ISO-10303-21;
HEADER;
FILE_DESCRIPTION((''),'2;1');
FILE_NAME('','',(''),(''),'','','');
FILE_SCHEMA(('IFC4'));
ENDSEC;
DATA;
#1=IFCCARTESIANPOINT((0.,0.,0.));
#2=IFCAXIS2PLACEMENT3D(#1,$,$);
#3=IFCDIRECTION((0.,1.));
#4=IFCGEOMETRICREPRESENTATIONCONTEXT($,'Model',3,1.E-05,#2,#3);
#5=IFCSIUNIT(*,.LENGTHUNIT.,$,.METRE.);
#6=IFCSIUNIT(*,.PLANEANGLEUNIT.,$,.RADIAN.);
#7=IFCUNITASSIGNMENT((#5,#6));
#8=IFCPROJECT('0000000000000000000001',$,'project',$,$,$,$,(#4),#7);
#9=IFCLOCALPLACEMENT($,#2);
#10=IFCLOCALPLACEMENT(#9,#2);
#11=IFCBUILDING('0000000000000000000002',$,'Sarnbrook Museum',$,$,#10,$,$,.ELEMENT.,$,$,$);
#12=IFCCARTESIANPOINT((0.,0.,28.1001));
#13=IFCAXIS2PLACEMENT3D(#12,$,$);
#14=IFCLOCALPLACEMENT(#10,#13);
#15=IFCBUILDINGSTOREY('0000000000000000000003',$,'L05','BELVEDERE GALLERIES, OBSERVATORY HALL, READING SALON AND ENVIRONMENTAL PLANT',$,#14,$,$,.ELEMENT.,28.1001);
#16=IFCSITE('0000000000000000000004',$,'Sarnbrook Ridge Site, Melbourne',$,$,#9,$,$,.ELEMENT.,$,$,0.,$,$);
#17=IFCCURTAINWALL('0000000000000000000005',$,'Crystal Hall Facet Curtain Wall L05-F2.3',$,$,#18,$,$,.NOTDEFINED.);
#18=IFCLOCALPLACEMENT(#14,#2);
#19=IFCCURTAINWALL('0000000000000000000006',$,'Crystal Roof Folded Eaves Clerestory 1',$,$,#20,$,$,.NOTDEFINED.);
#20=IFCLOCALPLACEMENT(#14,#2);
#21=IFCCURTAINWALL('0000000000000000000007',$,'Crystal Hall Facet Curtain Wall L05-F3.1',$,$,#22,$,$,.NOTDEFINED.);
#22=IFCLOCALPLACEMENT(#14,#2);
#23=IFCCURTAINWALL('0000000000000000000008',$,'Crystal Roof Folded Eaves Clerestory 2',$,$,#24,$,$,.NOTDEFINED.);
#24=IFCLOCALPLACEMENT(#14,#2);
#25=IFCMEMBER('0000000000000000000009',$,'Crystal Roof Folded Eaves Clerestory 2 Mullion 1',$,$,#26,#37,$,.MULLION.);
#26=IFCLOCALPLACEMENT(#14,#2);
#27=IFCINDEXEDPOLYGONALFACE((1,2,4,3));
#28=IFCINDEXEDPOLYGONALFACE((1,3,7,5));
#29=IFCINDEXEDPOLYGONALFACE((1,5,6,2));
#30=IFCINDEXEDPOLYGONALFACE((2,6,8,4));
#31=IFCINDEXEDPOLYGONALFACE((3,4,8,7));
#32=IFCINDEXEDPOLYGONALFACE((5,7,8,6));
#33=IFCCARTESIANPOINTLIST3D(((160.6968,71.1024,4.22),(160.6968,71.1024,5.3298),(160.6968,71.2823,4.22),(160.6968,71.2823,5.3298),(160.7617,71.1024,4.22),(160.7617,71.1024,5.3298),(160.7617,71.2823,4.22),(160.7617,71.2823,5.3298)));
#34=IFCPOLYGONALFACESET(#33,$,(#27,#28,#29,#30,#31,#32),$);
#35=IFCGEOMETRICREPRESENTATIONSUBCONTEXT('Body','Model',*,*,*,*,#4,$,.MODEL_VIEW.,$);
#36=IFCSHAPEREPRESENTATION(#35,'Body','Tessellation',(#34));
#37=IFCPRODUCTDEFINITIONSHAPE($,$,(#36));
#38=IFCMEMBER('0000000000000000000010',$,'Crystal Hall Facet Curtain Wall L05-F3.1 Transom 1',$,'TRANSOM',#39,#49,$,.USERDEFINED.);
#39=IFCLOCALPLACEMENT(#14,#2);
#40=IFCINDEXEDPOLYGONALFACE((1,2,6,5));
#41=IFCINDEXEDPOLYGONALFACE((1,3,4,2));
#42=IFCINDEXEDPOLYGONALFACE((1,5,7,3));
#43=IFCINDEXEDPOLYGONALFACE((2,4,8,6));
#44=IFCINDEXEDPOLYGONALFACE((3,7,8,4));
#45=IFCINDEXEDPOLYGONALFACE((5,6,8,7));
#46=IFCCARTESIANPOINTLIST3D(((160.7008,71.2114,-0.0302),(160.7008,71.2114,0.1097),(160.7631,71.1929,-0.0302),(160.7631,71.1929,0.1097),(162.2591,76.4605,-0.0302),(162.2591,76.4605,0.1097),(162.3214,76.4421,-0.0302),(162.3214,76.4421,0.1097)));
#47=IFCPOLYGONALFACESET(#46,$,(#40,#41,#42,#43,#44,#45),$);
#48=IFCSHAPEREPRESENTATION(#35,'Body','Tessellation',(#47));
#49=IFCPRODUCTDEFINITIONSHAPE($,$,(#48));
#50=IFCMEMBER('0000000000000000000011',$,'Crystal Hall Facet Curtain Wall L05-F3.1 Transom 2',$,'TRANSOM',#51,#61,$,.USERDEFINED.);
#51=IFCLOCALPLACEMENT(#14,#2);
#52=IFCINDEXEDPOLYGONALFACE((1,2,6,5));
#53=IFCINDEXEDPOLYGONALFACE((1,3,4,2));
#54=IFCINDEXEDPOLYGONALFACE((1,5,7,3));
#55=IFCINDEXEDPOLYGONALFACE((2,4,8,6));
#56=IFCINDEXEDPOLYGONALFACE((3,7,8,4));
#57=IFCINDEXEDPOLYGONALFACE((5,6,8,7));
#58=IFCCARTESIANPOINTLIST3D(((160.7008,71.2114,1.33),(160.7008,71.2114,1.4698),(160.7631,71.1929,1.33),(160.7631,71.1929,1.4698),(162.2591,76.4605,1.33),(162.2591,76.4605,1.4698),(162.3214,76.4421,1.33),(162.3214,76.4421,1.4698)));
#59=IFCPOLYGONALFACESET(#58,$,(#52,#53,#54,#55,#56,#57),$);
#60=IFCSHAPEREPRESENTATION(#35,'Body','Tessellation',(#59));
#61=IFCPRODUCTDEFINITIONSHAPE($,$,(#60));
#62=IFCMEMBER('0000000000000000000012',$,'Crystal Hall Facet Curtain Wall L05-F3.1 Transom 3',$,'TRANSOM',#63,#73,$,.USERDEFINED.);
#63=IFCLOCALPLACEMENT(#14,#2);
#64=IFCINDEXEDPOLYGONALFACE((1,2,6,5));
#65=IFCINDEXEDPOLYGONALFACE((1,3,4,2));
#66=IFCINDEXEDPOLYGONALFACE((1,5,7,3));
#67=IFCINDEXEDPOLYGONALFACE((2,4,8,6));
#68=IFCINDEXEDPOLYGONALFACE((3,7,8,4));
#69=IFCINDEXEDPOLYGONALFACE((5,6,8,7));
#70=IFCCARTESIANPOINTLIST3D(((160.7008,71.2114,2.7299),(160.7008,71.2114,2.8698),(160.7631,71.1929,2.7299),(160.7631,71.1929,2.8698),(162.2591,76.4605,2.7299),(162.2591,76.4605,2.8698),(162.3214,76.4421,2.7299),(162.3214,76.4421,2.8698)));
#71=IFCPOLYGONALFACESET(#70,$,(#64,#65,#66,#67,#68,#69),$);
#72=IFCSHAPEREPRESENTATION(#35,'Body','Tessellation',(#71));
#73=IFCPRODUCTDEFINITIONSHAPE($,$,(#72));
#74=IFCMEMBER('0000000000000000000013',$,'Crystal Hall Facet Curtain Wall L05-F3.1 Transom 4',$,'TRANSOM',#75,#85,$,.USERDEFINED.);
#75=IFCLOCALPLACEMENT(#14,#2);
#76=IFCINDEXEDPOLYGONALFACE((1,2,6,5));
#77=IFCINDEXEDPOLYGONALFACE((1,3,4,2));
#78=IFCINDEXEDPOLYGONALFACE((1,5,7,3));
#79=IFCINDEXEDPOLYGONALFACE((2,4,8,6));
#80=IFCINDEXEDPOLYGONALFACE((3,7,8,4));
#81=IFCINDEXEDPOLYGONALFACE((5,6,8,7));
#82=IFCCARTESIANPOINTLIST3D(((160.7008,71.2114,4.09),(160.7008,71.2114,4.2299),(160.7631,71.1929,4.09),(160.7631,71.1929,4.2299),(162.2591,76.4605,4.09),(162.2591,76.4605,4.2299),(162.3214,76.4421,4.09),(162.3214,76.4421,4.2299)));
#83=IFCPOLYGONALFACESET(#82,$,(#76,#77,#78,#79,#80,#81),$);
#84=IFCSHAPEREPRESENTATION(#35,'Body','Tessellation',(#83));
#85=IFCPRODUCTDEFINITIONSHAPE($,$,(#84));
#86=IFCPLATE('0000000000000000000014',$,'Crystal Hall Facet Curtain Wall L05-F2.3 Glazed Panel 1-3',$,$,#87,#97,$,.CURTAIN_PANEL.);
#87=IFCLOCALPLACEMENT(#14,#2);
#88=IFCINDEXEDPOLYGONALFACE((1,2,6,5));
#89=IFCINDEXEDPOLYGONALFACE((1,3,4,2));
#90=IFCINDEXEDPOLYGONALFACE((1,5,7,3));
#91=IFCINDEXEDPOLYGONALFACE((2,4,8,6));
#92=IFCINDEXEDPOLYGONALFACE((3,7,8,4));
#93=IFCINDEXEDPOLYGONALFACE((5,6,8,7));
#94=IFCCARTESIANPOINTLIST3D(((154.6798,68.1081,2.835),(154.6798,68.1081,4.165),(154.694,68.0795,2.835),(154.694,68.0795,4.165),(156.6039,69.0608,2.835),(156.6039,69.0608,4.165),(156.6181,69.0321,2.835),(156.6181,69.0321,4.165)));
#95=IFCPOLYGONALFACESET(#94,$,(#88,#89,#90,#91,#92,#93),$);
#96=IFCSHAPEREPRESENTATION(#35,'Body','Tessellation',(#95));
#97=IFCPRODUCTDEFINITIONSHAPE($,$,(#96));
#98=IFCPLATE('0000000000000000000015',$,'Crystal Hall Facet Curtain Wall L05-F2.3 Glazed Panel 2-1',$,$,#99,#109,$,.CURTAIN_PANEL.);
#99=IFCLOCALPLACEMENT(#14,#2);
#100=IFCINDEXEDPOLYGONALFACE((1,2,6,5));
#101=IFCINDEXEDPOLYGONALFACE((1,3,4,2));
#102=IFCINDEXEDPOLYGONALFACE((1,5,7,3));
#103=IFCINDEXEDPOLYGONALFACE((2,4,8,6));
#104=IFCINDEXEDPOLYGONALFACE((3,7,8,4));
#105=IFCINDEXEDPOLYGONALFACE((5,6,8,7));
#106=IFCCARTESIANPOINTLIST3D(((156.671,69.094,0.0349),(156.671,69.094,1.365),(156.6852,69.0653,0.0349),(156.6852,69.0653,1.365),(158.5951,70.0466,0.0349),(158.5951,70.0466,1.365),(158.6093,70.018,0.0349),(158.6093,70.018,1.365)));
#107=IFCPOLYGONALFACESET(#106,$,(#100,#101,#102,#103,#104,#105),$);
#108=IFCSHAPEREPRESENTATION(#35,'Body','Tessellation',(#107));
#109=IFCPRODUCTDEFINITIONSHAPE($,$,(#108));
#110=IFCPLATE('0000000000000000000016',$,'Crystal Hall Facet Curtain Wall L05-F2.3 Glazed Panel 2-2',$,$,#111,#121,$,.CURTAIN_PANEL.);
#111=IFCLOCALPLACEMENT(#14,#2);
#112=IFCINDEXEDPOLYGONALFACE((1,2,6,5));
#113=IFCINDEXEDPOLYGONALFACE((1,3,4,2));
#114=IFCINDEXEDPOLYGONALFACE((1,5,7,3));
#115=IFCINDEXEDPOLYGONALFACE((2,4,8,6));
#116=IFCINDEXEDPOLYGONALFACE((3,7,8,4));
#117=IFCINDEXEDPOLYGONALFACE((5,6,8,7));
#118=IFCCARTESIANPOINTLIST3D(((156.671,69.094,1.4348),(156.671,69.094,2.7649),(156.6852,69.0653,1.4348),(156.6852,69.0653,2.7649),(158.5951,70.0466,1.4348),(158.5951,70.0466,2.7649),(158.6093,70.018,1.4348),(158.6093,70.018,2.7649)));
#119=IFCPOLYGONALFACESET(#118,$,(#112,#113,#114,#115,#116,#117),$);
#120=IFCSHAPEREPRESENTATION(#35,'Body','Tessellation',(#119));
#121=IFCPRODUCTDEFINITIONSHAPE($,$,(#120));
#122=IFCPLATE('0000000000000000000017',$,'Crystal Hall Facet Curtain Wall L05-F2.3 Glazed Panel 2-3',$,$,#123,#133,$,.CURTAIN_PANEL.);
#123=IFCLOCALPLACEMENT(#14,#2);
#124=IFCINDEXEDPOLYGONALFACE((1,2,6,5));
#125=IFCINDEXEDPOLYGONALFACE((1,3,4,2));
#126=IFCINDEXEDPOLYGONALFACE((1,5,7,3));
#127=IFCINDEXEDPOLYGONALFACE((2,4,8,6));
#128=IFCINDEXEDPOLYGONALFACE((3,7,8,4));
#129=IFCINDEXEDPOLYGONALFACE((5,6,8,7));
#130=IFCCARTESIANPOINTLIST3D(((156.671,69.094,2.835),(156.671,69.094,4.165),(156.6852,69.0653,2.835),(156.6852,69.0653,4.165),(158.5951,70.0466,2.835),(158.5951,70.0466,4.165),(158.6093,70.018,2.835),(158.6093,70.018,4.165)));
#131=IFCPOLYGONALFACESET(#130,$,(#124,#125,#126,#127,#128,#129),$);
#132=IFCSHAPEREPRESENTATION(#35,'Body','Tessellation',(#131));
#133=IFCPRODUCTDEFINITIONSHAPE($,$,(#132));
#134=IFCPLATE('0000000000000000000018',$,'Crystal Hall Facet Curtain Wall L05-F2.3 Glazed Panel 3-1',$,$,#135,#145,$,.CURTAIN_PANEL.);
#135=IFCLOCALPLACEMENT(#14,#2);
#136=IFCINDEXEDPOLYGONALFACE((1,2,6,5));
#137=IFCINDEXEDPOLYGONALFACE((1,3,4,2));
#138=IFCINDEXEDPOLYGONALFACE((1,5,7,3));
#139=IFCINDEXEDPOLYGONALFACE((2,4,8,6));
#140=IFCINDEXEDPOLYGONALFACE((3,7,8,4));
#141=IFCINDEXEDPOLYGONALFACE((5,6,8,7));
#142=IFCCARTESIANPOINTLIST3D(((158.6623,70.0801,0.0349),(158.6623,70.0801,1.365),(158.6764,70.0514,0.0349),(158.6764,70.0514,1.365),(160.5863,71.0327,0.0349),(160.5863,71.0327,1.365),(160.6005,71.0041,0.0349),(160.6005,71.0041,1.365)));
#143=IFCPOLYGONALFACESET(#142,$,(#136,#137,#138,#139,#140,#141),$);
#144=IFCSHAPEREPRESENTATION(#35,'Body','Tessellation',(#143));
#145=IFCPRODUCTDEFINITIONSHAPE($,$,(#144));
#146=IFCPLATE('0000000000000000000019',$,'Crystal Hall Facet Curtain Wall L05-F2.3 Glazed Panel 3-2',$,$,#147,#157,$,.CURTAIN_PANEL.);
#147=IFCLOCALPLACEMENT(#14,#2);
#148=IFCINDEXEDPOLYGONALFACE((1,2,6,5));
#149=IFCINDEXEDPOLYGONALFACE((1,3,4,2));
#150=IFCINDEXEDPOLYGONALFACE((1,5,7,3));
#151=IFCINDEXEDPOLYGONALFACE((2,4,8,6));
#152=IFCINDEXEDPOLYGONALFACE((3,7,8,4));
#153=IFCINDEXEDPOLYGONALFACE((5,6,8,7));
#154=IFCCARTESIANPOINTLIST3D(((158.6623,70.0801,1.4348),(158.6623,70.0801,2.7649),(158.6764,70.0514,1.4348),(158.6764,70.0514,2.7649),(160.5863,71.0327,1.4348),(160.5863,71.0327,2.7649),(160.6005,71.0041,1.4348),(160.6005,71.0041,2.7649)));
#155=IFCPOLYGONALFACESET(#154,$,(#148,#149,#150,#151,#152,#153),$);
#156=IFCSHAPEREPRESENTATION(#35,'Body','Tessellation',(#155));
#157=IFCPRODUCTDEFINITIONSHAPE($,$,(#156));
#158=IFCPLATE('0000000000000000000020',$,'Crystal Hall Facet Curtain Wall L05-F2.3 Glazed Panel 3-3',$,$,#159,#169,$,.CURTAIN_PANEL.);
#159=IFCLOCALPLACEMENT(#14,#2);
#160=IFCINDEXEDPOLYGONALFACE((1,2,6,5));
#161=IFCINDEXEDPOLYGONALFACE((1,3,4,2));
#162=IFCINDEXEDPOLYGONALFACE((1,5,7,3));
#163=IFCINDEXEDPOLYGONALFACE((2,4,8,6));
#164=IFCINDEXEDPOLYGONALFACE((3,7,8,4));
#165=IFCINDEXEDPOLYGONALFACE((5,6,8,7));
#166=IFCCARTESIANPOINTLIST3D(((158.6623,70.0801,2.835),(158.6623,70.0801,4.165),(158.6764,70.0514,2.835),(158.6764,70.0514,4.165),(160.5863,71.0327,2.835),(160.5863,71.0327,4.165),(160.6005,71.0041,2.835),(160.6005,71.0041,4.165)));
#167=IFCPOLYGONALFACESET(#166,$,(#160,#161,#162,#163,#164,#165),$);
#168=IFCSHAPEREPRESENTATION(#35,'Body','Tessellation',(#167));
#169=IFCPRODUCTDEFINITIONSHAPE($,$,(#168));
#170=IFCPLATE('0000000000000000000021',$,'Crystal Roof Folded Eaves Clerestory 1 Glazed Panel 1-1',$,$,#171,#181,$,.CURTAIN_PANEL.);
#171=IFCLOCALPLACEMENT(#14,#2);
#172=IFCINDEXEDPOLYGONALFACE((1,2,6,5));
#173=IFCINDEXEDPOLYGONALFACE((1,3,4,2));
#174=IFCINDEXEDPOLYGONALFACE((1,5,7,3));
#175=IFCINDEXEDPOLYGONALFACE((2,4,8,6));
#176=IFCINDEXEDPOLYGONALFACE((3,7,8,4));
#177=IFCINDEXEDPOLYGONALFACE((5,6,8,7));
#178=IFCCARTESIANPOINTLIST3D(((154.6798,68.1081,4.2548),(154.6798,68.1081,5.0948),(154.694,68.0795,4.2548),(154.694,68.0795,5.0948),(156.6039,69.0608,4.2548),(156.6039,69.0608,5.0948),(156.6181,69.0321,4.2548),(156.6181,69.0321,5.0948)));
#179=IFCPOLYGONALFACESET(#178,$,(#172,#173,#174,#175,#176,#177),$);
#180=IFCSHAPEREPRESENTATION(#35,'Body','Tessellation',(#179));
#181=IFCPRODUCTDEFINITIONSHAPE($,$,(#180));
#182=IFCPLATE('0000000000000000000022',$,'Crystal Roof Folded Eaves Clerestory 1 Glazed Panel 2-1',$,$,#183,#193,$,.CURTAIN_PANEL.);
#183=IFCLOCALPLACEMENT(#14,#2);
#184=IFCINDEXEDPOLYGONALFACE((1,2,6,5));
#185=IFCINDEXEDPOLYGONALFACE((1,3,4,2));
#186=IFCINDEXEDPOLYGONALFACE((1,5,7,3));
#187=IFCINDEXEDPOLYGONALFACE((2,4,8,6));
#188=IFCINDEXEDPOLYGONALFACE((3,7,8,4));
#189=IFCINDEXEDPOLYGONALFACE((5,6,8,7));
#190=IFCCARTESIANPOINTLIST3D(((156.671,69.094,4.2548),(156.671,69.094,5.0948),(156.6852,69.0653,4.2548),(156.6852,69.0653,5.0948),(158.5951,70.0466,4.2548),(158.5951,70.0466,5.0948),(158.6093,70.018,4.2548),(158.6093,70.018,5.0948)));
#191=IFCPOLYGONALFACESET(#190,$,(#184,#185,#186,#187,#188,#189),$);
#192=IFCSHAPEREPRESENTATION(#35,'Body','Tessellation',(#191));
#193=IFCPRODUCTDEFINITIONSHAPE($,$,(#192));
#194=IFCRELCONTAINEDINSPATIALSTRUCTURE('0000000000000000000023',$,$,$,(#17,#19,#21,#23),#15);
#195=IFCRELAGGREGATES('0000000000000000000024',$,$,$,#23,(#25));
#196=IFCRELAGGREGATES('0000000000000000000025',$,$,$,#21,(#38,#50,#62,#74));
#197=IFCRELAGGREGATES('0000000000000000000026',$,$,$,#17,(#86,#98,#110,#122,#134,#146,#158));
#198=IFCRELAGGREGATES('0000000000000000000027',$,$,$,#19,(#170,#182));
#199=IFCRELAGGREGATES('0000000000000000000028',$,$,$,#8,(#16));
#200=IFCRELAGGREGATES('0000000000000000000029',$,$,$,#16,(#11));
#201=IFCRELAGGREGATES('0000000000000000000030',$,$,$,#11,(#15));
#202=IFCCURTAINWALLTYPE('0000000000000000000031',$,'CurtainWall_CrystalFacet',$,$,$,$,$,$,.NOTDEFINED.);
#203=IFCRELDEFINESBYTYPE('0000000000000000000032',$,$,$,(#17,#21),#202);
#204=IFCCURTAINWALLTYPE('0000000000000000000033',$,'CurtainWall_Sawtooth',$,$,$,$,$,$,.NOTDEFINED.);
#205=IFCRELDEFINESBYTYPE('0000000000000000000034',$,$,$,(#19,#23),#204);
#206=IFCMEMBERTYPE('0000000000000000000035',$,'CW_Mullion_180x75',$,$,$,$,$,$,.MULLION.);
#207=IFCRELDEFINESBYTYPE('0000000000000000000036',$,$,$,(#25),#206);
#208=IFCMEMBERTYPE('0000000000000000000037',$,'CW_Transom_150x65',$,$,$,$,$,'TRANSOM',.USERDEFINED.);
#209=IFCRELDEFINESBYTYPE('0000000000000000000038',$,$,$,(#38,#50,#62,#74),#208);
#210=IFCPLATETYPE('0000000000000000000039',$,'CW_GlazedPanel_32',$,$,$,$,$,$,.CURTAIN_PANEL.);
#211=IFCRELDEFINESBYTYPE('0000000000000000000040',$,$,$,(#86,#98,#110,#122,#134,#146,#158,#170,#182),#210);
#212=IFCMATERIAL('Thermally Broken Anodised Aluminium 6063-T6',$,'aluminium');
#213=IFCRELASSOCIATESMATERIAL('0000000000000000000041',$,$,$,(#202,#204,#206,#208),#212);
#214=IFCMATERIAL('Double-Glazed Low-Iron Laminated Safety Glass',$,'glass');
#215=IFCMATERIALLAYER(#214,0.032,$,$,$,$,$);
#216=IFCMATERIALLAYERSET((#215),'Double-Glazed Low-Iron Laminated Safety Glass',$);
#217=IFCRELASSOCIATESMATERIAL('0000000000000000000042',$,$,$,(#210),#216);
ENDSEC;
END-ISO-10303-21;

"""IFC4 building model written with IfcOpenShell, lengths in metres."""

from ifc_helpers import new_model, si_unit, direction, frame, origin, origin_2d, place, context, subcontext, project, spatial, rectangle, extrude, material, layer, layer_set, material_profile, profile_set, type_object, element, aggregate, save


model = new_model("IFC4")

# Units and contexts
model_context = context("Model", 3, precision=1e-05, world=origin(), true_north=direction((0.0, 1.0)))
body_context = subcontext(model_context, "Body", "Model", "MODEL_VIEW")
ifc_project = project(units=[si_unit("LENGTHUNIT", "METRE"), si_unit("PLANEANGLEUNIT", "RADIAN")], contexts=[model_context])

# Site, building, storey
site_placement = place(None, origin())
site = spatial("IfcSite", under=ifc_project, at=site_placement, Name="Sarnbrook Ridge Site, Melbourne", CompositionType="ELEMENT", RefElevation=0.0)
building_placement = place(site_placement, origin())
building = spatial("IfcBuilding", under=site, at=building_placement, Name="Sarnbrook Museum", CompositionType="ELEMENT")
storey_placement = place(building_placement, frame((0.0, 0.0, 28.1001)))
storey = spatial("IfcBuildingStorey", under=building, at=storey_placement, Name="L05", Description="BELVEDERE GALLERIES, OBSERVATORY HALL, READING SALON AND ENVIRONMENTAL PLANT", CompositionType="ELEMENT", Elevation=28.1001)

# Curtain walls
ifc_material_1 = material(Name="Thermally Broken Anodised Aluminium 6063-T6", Category="aluminium")
curtain_wall_type_1 = type_object("IfcCurtainWallType", Name="CurtainWall_CrystalFacet", PredefinedType="NOTDEFINED", material=ifc_material_1)
curtain_wall_1_placement = place(storey_placement, origin())
curtain_wall_1 = element("IfcCurtainWall", 1, at=curtain_wall_1_placement, inside=storey, type_object=curtain_wall_type_1, Name="Crystal Hall Facet Curtain Wall L05-F2.3", PredefinedType="NOTDEFINED")
ifc_material_profile_1 = material_profile(ifc_material_1, rectangle(XDim=0.0649, YDim=0.1799, at=origin_2d()), Name="ALU MULLION 65x180")
ifc_profile_set_1 = profile_set([ifc_material_profile_1], Name="Thermally Broken Anodised Aluminium 6063-T6")
member_type_1 = type_object("IfcMemberType", Name="CW_Mullion_180x75", PredefinedType="MULLION", material=ifc_profile_set_1)
curtain_wall_type_2 = type_object("IfcCurtainWallType", Name="CurtainWall_Sawtooth", PredefinedType="NOTDEFINED", material=ifc_material_1)
curtain_wall_2_placement = place(storey_placement, origin())
curtain_wall_2 = element("IfcCurtainWall", 2, at=curtain_wall_2_placement, inside=storey, type_object=curtain_wall_type_2, Name="Crystal Roof Folded Eaves Clerestory 1", PredefinedType="NOTDEFINED")

# Curtain walls, member
curtain_wall_3_placement = place(storey_placement, origin())
curtain_wall_3 = element("IfcCurtainWall", 3, at=curtain_wall_3_placement, inside=storey, type_object=curtain_wall_type_1, Name="Crystal Hall Facet Curtain Wall L05-F3.1", PredefinedType="NOTDEFINED")
curtain_wall_4_placement = place(storey_placement, origin())
curtain_wall_4 = element("IfcCurtainWall", 4, at=curtain_wall_4_placement, inside=storey, type_object=curtain_wall_type_2, Name="Crystal Roof Folded Eaves Clerestory 2", PredefinedType="NOTDEFINED")
member_1_placement = place(storey_placement, frame((160.7292, 71.1924, 4.22), z_axis=(0.0, 0.0, 1.0), x_axis=(1.0, 0.0, 0.0)))
member_1 = element("IfcMember", 5, at=member_1_placement, type_object=member_type_1, Name="Crystal Roof Folded Eaves Clerestory 2 Mullion 1", PredefinedType="MULLION", context=body_context, shape_type="SweptSolid", body=[
    extrude(rectangle(XDim=0.0649, YDim=0.1799, at=origin_2d()), origin(), (0.0, 0.0, 1.0), 1.1099),
])
aggregate(curtain_wall_4, [member_1])

# Members
ifc_material_profile_2 = material_profile(ifc_material_1, rectangle(XDim=0.0649, YDim=0.1399, at=origin_2d()), Name="ALU TRANSOM 65x140")
ifc_profile_set_2 = profile_set([ifc_material_profile_2], Name="Thermally Broken Anodised Aluminium 6063-T6")
member_type_2 = type_object("IfcMemberType", Name="CW_Transom_150x65", ElementType="TRANSOM", PredefinedType="USERDEFINED", material=ifc_profile_set_2)
member_2_placement = place(storey_placement, frame((160.7319, 71.2021, 0.0398), z_axis=(0.284594, 0.958648, 0.0), x_axis=(-0.958648, 0.284594, 0.0)))
member_2 = element("IfcMember", 6, at=member_2_placement, type_object=member_type_2, Name="Crystal Hall Facet Curtain Wall L05-F3.1 Transom 1", ObjectType="TRANSOM", PredefinedType="USERDEFINED", context=body_context, shape_type="SweptSolid", body=[
    extrude(rectangle(XDim=0.0649, YDim=0.1399, at=origin_2d()), origin(), (0.0, 0.0, 1.0), 5.4756),
])
member_3_placement = place(storey_placement, frame((160.7319, 71.2021, 1.3999), z_axis=(0.284594, 0.958648, 0.0), x_axis=(-0.958648, 0.284594, 0.0)))
member_3 = element("IfcMember", 7, at=member_3_placement, type_object=member_type_2, Name="Crystal Hall Facet Curtain Wall L05-F3.1 Transom 2", ObjectType="TRANSOM", PredefinedType="USERDEFINED", context=body_context, shape_type="SweptSolid", body=[
    extrude(rectangle(XDim=0.0649, YDim=0.1399, at=origin_2d()), origin(), (0.0, 0.0, 1.0), 5.4756),
])
member_4_placement = place(storey_placement, frame((160.7319, 71.2021, 2.7998), z_axis=(0.284594, 0.958648, 0.0), x_axis=(-0.958648, 0.284594, 0.0)))
member_4 = element("IfcMember", 8, at=member_4_placement, type_object=member_type_2, Name="Crystal Hall Facet Curtain Wall L05-F3.1 Transom 3", ObjectType="TRANSOM", PredefinedType="USERDEFINED", context=body_context, shape_type="SweptSolid", body=[
    extrude(rectangle(XDim=0.0649, YDim=0.1399, at=origin_2d()), origin(), (0.0, 0.0, 1.0), 5.4756),
])
member_5_placement = place(storey_placement, frame((160.7319, 71.2021, 4.1599), z_axis=(0.284594, 0.958648, 0.0), x_axis=(-0.958648, 0.284594, 0.0)))
member_5 = element("IfcMember", 9, at=member_5_placement, type_object=member_type_2, Name="Crystal Hall Facet Curtain Wall L05-F3.1 Transom 4", ObjectType="TRANSOM", PredefinedType="USERDEFINED", context=body_context, shape_type="SweptSolid", body=[
    extrude(rectangle(XDim=0.0649, YDim=0.1399, at=origin_2d()), origin(), (0.0, 0.0, 1.0), 5.4756),
])
aggregate(curtain_wall_3, [member_2, member_3, member_4, member_5])

# Plates
ifc_material_2 = material(Name="Double-Glazed Low-Iron Laminated Safety Glass", Category="glass")
ifc_layer_1 = layer(ifc_material_2, 0.032)
ifc_layer_set_1 = layer_set([ifc_layer_1], Name="Double-Glazed Low-Iron Laminated Safety Glass")
plate_type_1 = type_object("IfcPlateType", Name="CW_GlazedPanel_32", PredefinedType="CURTAIN_PANEL", material=ifc_layer_set_1)
plate_1_placement = place(storey_placement, frame((155.6418, 68.5845, 3.5), z_axis=(0.443727, -0.896162, 0.0), x_axis=(0.896162, 0.443727, 0.0)))
plate_1 = element("IfcPlate", 10, at=plate_1_placement, type_object=plate_type_1, Name="Crystal Hall Facet Curtain Wall L05-F2.3 Glazed Panel 1-3", PredefinedType="CURTAIN_PANEL", context=body_context, shape_type="SweptSolid", body=[
    extrude(rectangle(XDim=2.147, YDim=1.3301, at=origin_2d()), origin(), (0.0, 0.0, 1.0), 0.032),
])
plate_2_placement = place(storey_placement, frame((157.6331, 69.5703, 0.7), z_axis=(0.443727, -0.896162, 0.0), x_axis=(0.896162, 0.443727, 0.0)))
plate_2 = element("IfcPlate", 11, at=plate_2_placement, type_object=plate_type_1, Name="Crystal Hall Facet Curtain Wall L05-F2.3 Glazed Panel 2-1", PredefinedType="CURTAIN_PANEL", context=body_context, shape_type="SweptSolid", body=[
    extrude(rectangle(XDim=2.147, YDim=1.3301, at=origin_2d()), origin(), (0.0, 0.0, 1.0), 0.032),
])
plate_3_placement = place(storey_placement, frame((157.6331, 69.5703, 2.0999), z_axis=(0.443727, -0.896162, 0.0), x_axis=(0.896162, 0.443727, 0.0)))
plate_3 = element("IfcPlate", 12, at=plate_3_placement, type_object=plate_type_1, Name="Crystal Hall Facet Curtain Wall L05-F2.3 Glazed Panel 2-2", PredefinedType="CURTAIN_PANEL", context=body_context, shape_type="SweptSolid", body=[
    extrude(rectangle(XDim=2.147, YDim=1.3301, at=origin_2d()), origin(), (0.0, 0.0, 1.0), 0.032),
])
plate_4_placement = place(storey_placement, frame((157.6331, 69.5703, 3.5), z_axis=(0.443727, -0.896162, 0.0), x_axis=(0.896162, 0.443727, 0.0)))
plate_4 = element("IfcPlate", 13, at=plate_4_placement, type_object=plate_type_1, Name="Crystal Hall Facet Curtain Wall L05-F2.3 Glazed Panel 2-3", PredefinedType="CURTAIN_PANEL", context=body_context, shape_type="SweptSolid", body=[
    extrude(rectangle(XDim=2.147, YDim=1.3301, at=origin_2d()), origin(), (0.0, 0.0, 1.0), 0.032),
])
plate_5_placement = place(storey_placement, frame((159.6243, 70.5564, 0.7), z_axis=(0.443727, -0.896162, 0.0), x_axis=(0.896162, 0.443727, 0.0)))
plate_5 = element("IfcPlate", 14, at=plate_5_placement, type_object=plate_type_1, Name="Crystal Hall Facet Curtain Wall L05-F2.3 Glazed Panel 3-1", PredefinedType="CURTAIN_PANEL", context=body_context, shape_type="SweptSolid", body=[
    extrude(rectangle(XDim=2.147, YDim=1.3301, at=origin_2d()), origin(), (0.0, 0.0, 1.0), 0.032),
])
plate_6_placement = place(storey_placement, frame((159.6243, 70.5564, 2.0999), z_axis=(0.443727, -0.896162, 0.0), x_axis=(0.896162, 0.443727, 0.0)))
plate_6 = element("IfcPlate", 15, at=plate_6_placement, type_object=plate_type_1, Name="Crystal Hall Facet Curtain Wall L05-F2.3 Glazed Panel 3-2", PredefinedType="CURTAIN_PANEL", context=body_context, shape_type="SweptSolid", body=[
    extrude(rectangle(XDim=2.147, YDim=1.3301, at=origin_2d()), origin(), (0.0, 0.0, 1.0), 0.032),
])
plate_7_placement = place(storey_placement, frame((159.6243, 70.5564, 3.5), z_axis=(0.443727, -0.896162, 0.0), x_axis=(0.896162, 0.443727, 0.0)))
plate_7 = element("IfcPlate", 16, at=plate_7_placement, type_object=plate_type_1, Name="Crystal Hall Facet Curtain Wall L05-F2.3 Glazed Panel 3-3", PredefinedType="CURTAIN_PANEL", context=body_context, shape_type="SweptSolid", body=[
    extrude(rectangle(XDim=2.147, YDim=1.3301, at=origin_2d()), origin(), (0.0, 0.0, 1.0), 0.032),
])
aggregate(curtain_wall_1, [plate_1, plate_2, plate_3, plate_4, plate_5, plate_6, plate_7])
plate_8_placement = place(storey_placement, frame((155.6418, 68.5845, 4.6748), z_axis=(0.443727, -0.896162, 0.0), x_axis=(0.896162, 0.443727, 0.0)))
plate_8 = element("IfcPlate", 17, at=plate_8_placement, type_object=plate_type_1, Name="Crystal Roof Folded Eaves Clerestory 1 Glazed Panel 1-1", PredefinedType="CURTAIN_PANEL", context=body_context, shape_type="SweptSolid", body=[
    extrude(rectangle(XDim=2.147, YDim=0.8401, at=origin_2d()), origin(), (0.0, 0.0, 1.0), 0.032),
])
plate_9_placement = place(storey_placement, frame((157.6331, 69.5703, 4.6748), z_axis=(0.443727, -0.896162, 0.0), x_axis=(0.896162, 0.443727, 0.0)))
plate_9 = element("IfcPlate", 18, at=plate_9_placement, type_object=plate_type_1, Name="Crystal Roof Folded Eaves Clerestory 1 Glazed Panel 2-1", PredefinedType="CURTAIN_PANEL", context=body_context, shape_type="SweptSolid", body=[
    extrude(rectangle(XDim=2.147, YDim=0.8401, at=origin_2d()), origin(), (0.0, 0.0, 1.0), 0.032),
])
aggregate(curtain_wall_2, [plate_8, plate_9])

save(model, "model.ifc")
